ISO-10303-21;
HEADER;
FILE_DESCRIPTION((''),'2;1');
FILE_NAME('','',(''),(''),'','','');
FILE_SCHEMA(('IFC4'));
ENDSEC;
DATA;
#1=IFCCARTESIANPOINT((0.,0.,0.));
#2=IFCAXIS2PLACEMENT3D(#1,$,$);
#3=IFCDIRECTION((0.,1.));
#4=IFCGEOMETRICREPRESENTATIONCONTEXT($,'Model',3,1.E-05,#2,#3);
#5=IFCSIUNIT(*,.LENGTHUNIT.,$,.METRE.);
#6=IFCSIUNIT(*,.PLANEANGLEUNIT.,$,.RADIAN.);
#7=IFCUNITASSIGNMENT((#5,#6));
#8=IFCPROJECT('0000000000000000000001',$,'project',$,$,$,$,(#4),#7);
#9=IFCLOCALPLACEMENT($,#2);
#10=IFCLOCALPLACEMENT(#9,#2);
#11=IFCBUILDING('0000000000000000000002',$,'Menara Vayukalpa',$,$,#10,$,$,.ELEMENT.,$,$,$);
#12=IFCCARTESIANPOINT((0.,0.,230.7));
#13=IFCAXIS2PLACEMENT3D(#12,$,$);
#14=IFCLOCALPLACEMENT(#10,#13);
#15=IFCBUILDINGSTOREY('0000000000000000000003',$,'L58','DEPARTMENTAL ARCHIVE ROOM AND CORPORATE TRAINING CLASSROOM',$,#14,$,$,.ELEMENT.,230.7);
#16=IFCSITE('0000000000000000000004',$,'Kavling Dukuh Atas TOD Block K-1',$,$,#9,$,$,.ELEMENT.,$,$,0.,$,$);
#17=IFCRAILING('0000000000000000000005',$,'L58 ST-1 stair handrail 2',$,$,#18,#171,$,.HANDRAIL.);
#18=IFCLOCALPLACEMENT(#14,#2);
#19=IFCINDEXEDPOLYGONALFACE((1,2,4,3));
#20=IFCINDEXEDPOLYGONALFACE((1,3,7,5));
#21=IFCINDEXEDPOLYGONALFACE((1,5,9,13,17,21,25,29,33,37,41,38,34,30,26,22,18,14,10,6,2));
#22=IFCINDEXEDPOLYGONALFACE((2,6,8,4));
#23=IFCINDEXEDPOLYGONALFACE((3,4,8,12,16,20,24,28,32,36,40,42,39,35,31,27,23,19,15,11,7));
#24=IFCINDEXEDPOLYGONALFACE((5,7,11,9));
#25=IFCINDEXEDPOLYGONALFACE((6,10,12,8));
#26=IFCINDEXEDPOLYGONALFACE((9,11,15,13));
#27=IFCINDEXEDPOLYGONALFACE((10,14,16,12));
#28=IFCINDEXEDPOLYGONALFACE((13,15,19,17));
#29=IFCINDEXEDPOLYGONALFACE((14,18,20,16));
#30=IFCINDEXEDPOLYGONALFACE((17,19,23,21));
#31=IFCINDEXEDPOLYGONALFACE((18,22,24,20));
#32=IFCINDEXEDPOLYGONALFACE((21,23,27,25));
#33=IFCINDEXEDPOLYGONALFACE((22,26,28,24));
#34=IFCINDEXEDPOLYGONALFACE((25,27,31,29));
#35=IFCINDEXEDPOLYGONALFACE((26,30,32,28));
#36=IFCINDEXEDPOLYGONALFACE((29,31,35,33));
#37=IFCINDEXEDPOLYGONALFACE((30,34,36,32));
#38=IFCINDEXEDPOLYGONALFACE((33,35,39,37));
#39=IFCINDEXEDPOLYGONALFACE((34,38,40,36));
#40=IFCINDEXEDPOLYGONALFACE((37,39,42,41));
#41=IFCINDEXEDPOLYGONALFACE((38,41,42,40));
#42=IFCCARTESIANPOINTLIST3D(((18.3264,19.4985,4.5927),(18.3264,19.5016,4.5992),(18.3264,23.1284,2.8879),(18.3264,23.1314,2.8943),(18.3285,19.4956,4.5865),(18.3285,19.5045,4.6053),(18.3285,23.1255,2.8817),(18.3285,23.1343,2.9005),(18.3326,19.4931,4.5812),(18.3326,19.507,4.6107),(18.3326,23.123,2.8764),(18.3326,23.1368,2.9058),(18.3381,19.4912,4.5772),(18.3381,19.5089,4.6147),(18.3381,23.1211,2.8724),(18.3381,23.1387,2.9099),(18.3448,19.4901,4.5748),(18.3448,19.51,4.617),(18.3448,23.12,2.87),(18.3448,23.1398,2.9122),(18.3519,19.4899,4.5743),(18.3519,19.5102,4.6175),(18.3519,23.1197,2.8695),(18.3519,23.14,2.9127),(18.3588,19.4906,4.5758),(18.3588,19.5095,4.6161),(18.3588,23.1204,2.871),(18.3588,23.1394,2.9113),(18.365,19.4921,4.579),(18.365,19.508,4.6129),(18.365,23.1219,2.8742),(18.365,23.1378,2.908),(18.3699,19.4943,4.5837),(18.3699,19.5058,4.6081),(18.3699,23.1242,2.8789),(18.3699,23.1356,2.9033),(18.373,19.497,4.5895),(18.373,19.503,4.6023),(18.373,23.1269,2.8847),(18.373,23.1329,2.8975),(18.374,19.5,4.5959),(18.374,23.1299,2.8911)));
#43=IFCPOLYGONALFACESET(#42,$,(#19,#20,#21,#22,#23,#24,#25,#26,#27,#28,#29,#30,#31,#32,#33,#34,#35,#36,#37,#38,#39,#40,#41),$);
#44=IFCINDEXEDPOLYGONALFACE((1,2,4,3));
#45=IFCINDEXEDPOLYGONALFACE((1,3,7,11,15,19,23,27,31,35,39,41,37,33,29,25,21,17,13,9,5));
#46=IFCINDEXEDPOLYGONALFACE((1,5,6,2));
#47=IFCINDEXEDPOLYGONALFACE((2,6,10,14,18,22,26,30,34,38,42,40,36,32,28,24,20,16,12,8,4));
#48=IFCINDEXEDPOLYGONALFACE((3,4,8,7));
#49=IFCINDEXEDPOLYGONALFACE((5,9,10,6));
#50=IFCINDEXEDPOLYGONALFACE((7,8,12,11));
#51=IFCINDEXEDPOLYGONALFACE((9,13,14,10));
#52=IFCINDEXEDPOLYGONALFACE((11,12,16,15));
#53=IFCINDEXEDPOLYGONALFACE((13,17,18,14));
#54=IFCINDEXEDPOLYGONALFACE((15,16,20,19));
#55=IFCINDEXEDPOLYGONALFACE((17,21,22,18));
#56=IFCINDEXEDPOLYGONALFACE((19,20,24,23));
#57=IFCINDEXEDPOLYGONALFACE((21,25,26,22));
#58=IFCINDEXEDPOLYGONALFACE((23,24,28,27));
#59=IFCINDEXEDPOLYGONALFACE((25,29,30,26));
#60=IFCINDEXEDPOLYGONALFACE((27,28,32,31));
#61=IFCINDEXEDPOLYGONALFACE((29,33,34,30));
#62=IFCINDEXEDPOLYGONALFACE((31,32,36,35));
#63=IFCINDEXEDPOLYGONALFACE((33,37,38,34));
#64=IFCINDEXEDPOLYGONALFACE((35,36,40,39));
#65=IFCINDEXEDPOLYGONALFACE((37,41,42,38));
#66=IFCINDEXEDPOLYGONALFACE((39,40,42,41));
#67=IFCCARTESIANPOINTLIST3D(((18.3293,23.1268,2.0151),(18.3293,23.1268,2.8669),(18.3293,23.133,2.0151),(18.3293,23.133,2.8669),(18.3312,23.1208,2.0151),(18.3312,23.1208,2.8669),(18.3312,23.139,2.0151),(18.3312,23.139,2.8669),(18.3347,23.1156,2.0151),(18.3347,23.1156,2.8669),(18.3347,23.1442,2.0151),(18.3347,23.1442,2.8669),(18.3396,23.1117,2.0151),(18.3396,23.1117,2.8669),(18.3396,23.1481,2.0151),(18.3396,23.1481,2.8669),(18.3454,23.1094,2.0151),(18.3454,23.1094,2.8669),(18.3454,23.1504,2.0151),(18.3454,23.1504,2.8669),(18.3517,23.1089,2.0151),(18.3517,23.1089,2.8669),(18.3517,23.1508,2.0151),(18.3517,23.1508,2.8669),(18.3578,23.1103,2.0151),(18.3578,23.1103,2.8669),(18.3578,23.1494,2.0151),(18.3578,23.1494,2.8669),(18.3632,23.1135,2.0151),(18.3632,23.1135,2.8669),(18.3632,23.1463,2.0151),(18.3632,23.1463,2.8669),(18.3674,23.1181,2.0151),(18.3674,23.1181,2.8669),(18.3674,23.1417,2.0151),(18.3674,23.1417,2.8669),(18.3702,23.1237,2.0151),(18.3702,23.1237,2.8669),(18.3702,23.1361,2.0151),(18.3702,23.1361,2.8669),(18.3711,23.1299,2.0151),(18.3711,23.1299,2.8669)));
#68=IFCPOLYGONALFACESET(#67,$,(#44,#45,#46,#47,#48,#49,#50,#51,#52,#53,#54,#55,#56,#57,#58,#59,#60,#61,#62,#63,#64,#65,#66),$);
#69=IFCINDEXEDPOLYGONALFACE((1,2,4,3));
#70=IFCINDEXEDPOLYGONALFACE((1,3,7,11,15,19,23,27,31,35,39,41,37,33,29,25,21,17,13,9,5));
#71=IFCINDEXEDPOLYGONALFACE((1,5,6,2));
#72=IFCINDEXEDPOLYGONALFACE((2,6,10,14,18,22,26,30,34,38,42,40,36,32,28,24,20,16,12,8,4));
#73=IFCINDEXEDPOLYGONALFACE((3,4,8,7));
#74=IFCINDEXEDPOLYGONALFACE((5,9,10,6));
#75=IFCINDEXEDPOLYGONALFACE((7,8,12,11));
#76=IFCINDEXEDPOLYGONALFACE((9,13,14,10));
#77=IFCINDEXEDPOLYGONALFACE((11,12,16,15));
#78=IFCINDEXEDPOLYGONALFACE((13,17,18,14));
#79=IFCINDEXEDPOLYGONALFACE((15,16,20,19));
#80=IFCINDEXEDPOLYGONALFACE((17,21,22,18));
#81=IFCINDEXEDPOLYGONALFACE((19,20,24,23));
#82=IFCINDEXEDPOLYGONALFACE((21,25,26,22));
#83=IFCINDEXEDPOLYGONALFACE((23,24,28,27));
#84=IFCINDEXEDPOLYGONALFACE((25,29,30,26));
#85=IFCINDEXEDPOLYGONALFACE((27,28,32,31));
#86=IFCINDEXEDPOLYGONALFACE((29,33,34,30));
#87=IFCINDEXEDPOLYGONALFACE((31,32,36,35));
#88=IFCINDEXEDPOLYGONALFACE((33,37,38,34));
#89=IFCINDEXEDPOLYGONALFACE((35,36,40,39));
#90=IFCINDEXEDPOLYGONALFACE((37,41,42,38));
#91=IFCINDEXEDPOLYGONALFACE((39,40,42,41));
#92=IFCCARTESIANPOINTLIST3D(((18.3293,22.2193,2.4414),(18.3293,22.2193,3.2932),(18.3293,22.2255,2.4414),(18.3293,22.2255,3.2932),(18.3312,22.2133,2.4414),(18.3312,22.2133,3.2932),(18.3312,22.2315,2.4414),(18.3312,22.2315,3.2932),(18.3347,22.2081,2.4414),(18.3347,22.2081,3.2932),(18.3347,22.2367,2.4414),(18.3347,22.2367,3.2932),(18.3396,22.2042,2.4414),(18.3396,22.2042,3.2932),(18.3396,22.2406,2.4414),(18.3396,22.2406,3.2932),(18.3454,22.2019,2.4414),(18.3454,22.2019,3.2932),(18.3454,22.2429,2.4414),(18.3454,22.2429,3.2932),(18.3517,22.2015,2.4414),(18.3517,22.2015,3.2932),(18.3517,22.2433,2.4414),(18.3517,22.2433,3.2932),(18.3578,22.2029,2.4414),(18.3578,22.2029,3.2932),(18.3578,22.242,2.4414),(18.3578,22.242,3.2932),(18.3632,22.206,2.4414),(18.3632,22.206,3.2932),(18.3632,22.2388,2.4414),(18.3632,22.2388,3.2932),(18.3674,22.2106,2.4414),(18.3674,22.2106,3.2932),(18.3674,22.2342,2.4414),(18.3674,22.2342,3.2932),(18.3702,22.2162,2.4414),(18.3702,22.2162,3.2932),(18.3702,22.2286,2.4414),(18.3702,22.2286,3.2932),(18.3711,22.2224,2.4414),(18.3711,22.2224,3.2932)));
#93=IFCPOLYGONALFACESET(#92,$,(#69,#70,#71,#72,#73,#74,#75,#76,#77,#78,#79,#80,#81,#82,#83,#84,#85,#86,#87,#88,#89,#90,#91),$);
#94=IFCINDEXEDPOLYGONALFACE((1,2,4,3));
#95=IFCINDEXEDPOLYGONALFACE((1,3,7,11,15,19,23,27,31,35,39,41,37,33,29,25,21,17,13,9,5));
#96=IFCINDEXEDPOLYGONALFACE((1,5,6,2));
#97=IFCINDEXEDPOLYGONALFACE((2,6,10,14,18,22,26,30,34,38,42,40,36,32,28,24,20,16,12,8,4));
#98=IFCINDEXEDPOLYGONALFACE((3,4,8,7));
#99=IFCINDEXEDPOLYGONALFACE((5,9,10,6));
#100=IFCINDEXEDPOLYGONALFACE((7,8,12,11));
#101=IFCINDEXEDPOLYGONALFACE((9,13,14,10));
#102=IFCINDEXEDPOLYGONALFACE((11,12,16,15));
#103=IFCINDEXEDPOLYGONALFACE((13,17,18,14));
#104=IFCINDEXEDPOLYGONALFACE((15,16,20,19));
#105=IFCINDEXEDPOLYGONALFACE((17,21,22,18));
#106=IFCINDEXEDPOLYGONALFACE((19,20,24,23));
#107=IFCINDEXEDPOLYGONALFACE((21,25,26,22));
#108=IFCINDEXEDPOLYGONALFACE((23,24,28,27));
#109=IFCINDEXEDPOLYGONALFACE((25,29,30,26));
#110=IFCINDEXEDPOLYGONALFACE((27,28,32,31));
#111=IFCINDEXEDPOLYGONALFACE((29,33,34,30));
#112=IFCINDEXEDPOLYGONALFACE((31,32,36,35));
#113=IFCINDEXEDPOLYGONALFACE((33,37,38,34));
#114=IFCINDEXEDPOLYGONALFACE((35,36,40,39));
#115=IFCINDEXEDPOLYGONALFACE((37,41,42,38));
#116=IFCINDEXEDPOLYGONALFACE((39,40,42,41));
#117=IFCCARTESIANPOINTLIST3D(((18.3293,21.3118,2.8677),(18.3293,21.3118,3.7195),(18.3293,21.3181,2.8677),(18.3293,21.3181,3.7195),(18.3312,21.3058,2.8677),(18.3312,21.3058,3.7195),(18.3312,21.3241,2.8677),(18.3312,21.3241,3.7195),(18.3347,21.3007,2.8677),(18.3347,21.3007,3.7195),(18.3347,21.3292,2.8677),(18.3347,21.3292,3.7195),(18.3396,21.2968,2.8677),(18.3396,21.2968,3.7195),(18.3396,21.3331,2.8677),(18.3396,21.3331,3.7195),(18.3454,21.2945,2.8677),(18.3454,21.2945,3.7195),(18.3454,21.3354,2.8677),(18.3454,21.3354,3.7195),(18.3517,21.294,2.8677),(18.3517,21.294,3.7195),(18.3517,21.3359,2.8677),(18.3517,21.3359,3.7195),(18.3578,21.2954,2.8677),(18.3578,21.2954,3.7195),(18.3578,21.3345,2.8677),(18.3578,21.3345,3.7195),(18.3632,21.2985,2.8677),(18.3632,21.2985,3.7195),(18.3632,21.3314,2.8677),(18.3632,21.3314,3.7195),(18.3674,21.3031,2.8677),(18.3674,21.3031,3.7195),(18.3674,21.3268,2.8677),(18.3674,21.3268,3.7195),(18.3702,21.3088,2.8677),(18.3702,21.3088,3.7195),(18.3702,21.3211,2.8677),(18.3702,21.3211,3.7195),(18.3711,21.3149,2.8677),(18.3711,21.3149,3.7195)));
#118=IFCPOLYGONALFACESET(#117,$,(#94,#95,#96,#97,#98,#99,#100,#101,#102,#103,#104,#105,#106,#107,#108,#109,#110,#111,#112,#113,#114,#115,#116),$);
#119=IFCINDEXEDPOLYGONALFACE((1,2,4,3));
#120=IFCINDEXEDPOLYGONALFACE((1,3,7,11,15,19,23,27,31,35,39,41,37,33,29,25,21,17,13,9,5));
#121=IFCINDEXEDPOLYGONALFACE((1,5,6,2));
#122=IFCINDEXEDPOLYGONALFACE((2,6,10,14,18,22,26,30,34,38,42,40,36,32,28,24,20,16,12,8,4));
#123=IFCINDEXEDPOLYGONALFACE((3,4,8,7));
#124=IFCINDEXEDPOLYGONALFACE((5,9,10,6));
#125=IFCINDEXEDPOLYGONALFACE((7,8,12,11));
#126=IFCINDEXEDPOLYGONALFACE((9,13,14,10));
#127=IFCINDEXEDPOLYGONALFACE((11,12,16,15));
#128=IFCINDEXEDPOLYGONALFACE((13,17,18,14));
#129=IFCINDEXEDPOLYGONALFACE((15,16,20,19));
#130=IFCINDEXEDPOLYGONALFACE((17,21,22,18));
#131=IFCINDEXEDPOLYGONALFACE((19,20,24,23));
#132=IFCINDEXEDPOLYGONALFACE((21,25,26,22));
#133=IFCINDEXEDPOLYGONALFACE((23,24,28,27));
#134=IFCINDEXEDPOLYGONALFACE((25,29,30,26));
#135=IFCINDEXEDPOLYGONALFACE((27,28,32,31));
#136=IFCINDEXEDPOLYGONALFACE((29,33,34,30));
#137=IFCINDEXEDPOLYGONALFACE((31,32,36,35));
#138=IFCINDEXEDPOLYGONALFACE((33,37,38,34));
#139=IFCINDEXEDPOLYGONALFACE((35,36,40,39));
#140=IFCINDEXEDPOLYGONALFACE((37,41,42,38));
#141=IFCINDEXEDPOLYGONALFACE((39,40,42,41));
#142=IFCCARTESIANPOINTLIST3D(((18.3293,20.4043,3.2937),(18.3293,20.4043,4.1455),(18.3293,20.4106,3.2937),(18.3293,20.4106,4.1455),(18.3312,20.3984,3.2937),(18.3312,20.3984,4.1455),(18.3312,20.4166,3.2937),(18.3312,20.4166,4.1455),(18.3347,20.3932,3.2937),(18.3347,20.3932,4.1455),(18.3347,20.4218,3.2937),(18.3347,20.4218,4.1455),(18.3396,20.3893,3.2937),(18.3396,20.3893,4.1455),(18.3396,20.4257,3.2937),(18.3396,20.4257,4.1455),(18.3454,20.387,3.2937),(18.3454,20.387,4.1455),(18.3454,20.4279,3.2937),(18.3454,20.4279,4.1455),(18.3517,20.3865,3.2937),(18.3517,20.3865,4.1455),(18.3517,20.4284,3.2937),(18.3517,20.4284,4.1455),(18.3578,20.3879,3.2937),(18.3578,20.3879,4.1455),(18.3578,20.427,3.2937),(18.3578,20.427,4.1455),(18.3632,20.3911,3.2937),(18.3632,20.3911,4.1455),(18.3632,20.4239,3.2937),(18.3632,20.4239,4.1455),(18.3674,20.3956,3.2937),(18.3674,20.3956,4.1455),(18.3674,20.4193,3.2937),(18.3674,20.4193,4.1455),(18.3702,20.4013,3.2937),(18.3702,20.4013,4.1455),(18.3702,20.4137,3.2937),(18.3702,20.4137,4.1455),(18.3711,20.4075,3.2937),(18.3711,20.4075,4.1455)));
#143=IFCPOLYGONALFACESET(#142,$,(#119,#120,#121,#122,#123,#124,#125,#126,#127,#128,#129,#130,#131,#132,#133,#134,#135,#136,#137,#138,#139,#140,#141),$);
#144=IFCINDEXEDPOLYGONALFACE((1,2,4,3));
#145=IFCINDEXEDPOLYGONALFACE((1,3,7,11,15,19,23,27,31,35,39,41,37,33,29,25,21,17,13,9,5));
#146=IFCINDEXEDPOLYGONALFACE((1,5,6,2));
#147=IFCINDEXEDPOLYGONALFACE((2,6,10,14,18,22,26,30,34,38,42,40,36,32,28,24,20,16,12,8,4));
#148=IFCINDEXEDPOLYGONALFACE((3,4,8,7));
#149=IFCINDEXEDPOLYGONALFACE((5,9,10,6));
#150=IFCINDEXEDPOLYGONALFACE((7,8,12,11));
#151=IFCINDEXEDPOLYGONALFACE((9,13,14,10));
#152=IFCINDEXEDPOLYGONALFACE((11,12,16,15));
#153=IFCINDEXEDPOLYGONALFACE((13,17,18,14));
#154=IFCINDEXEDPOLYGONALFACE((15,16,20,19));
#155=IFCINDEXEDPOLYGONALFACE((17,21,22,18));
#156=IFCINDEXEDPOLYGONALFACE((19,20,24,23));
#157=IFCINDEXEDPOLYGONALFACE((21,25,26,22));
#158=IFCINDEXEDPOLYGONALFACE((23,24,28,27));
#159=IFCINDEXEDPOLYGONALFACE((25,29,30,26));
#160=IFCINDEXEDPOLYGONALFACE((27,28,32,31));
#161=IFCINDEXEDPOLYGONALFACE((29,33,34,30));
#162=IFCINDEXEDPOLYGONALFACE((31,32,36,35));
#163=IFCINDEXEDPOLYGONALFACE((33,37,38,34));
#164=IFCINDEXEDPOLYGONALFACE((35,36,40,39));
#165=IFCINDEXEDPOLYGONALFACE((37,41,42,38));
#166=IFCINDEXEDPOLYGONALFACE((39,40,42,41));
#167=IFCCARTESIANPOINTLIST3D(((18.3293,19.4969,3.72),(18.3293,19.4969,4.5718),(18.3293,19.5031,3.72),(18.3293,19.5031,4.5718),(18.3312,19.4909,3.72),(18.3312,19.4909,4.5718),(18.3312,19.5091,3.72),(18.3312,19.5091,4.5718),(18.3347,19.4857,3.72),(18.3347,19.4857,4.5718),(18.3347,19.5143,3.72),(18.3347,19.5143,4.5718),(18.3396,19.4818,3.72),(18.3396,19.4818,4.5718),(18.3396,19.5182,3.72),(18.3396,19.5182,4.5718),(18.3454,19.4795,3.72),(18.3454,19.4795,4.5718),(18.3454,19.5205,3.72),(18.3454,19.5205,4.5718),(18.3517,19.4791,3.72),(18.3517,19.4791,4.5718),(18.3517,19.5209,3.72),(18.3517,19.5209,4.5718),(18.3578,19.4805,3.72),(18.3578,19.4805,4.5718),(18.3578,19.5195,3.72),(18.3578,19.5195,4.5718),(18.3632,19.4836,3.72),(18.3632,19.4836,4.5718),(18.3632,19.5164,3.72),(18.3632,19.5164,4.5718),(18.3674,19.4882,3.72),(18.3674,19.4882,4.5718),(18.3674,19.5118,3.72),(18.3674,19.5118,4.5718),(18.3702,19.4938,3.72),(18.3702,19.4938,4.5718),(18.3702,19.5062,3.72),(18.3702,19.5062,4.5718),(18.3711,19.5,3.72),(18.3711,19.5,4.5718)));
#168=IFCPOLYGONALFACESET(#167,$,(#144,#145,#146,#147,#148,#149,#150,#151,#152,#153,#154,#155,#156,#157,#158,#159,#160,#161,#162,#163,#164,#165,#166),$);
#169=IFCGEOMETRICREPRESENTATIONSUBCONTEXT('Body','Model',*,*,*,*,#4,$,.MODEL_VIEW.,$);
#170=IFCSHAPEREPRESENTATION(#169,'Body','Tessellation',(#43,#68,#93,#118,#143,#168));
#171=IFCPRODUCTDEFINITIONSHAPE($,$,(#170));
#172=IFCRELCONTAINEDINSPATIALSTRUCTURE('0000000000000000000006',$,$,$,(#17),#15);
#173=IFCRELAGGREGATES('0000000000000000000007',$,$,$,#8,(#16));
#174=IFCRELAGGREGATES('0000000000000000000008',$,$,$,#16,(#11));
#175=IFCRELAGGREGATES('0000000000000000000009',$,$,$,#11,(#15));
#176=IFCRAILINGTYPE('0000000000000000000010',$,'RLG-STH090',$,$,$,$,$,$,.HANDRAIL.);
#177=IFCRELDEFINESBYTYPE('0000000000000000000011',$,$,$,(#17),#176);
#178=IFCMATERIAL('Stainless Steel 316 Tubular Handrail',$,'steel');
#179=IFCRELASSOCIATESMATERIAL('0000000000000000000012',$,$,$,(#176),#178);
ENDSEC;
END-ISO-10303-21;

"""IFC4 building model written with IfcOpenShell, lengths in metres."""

from ifc_helpers import new_model, si_unit, direction, frame, origin, origin_2d, place, context, subcontext, project, spatial, circle, extrude, material, type_object, element, save


model = new_model("IFC4")

# Units and contexts
model_context = context("Model", 3, precision=1e-05, world=origin(), true_north=direction((0.0, 1.0)))
body_context = subcontext(model_context, "Body", "Model", "MODEL_VIEW")
ifc_project = project(units=[si_unit("LENGTHUNIT", "METRE"), si_unit("PLANEANGLEUNIT", "RADIAN")], contexts=[model_context])

# Site, building, storey
site_placement = place(None, origin())
site = spatial("IfcSite", under=ifc_project, at=site_placement, Name="Kavling Dukuh Atas TOD Block K-1", CompositionType="ELEMENT", RefElevation=0.0)
building_placement = place(site_placement, origin())
building = spatial("IfcBuilding", under=site, at=building_placement, Name="Menara Vayukalpa", CompositionType="ELEMENT")
storey_placement = place(building_placement, frame((0.0, 0.0, 230.7)))
storey = spatial("IfcBuildingStorey", under=building, at=storey_placement, Name="L58", Description="DEPARTMENTAL ARCHIVE ROOM AND CORPORATE TRAINING CLASSROOM", CompositionType="ELEMENT", Elevation=230.7)

# Railing
ifc_material_1 = material(Name="Stainless Steel 316 Tubular Handrail", Category="steel")
railing_type_1 = type_object("IfcRailingType", Name="RLG-STH090", PredefinedType="HANDRAIL", material=ifc_material_1)
railing_1_placement = place(storey_placement, frame((18.3501, 23.1299, 2.0151)))
element("IfcRailing", 1, at=railing_1_placement, inside=storey, type_object=railing_type_1, Name="L58 ST-1 stair handrail 2", PredefinedType="HANDRAIL", context=body_context, shape_type="SweptSolid", body=[
    extrude(circle(Radius=0.0239, at=origin_2d()), frame((0.0, 0.0, 0.876), z_axis=(0.0, -0.90514, 0.425114), x_axis=(1.0, 0.0, 0.0)), (0.0, 0.0, 1.0), 4.0103),
    extrude(circle(Radius=0.021, at=origin_2d()), origin(), (0.0, 0.0, 1.0), 0.8518),
    extrude(circle(Radius=0.021, at=origin_2d()), frame((0.0, -0.9075, 0.4263)), (0.0, 0.0, 1.0), 0.8518),
    extrude(circle(Radius=0.021, at=origin_2d()), frame((0.0, -1.8149, 0.8525)), (0.0, 0.0, 1.0), 0.8518),
    extrude(circle(Radius=0.021, at=origin_2d()), frame((0.0, -2.7224, 1.2786)), (0.0, 0.0, 1.0), 0.8518),
    extrude(circle(Radius=0.021, at=origin_2d()), frame((0.0, -3.6299, 1.7048)), (0.0, 0.0, 1.0), 0.8518),
])

save(model, "model.ifc")
